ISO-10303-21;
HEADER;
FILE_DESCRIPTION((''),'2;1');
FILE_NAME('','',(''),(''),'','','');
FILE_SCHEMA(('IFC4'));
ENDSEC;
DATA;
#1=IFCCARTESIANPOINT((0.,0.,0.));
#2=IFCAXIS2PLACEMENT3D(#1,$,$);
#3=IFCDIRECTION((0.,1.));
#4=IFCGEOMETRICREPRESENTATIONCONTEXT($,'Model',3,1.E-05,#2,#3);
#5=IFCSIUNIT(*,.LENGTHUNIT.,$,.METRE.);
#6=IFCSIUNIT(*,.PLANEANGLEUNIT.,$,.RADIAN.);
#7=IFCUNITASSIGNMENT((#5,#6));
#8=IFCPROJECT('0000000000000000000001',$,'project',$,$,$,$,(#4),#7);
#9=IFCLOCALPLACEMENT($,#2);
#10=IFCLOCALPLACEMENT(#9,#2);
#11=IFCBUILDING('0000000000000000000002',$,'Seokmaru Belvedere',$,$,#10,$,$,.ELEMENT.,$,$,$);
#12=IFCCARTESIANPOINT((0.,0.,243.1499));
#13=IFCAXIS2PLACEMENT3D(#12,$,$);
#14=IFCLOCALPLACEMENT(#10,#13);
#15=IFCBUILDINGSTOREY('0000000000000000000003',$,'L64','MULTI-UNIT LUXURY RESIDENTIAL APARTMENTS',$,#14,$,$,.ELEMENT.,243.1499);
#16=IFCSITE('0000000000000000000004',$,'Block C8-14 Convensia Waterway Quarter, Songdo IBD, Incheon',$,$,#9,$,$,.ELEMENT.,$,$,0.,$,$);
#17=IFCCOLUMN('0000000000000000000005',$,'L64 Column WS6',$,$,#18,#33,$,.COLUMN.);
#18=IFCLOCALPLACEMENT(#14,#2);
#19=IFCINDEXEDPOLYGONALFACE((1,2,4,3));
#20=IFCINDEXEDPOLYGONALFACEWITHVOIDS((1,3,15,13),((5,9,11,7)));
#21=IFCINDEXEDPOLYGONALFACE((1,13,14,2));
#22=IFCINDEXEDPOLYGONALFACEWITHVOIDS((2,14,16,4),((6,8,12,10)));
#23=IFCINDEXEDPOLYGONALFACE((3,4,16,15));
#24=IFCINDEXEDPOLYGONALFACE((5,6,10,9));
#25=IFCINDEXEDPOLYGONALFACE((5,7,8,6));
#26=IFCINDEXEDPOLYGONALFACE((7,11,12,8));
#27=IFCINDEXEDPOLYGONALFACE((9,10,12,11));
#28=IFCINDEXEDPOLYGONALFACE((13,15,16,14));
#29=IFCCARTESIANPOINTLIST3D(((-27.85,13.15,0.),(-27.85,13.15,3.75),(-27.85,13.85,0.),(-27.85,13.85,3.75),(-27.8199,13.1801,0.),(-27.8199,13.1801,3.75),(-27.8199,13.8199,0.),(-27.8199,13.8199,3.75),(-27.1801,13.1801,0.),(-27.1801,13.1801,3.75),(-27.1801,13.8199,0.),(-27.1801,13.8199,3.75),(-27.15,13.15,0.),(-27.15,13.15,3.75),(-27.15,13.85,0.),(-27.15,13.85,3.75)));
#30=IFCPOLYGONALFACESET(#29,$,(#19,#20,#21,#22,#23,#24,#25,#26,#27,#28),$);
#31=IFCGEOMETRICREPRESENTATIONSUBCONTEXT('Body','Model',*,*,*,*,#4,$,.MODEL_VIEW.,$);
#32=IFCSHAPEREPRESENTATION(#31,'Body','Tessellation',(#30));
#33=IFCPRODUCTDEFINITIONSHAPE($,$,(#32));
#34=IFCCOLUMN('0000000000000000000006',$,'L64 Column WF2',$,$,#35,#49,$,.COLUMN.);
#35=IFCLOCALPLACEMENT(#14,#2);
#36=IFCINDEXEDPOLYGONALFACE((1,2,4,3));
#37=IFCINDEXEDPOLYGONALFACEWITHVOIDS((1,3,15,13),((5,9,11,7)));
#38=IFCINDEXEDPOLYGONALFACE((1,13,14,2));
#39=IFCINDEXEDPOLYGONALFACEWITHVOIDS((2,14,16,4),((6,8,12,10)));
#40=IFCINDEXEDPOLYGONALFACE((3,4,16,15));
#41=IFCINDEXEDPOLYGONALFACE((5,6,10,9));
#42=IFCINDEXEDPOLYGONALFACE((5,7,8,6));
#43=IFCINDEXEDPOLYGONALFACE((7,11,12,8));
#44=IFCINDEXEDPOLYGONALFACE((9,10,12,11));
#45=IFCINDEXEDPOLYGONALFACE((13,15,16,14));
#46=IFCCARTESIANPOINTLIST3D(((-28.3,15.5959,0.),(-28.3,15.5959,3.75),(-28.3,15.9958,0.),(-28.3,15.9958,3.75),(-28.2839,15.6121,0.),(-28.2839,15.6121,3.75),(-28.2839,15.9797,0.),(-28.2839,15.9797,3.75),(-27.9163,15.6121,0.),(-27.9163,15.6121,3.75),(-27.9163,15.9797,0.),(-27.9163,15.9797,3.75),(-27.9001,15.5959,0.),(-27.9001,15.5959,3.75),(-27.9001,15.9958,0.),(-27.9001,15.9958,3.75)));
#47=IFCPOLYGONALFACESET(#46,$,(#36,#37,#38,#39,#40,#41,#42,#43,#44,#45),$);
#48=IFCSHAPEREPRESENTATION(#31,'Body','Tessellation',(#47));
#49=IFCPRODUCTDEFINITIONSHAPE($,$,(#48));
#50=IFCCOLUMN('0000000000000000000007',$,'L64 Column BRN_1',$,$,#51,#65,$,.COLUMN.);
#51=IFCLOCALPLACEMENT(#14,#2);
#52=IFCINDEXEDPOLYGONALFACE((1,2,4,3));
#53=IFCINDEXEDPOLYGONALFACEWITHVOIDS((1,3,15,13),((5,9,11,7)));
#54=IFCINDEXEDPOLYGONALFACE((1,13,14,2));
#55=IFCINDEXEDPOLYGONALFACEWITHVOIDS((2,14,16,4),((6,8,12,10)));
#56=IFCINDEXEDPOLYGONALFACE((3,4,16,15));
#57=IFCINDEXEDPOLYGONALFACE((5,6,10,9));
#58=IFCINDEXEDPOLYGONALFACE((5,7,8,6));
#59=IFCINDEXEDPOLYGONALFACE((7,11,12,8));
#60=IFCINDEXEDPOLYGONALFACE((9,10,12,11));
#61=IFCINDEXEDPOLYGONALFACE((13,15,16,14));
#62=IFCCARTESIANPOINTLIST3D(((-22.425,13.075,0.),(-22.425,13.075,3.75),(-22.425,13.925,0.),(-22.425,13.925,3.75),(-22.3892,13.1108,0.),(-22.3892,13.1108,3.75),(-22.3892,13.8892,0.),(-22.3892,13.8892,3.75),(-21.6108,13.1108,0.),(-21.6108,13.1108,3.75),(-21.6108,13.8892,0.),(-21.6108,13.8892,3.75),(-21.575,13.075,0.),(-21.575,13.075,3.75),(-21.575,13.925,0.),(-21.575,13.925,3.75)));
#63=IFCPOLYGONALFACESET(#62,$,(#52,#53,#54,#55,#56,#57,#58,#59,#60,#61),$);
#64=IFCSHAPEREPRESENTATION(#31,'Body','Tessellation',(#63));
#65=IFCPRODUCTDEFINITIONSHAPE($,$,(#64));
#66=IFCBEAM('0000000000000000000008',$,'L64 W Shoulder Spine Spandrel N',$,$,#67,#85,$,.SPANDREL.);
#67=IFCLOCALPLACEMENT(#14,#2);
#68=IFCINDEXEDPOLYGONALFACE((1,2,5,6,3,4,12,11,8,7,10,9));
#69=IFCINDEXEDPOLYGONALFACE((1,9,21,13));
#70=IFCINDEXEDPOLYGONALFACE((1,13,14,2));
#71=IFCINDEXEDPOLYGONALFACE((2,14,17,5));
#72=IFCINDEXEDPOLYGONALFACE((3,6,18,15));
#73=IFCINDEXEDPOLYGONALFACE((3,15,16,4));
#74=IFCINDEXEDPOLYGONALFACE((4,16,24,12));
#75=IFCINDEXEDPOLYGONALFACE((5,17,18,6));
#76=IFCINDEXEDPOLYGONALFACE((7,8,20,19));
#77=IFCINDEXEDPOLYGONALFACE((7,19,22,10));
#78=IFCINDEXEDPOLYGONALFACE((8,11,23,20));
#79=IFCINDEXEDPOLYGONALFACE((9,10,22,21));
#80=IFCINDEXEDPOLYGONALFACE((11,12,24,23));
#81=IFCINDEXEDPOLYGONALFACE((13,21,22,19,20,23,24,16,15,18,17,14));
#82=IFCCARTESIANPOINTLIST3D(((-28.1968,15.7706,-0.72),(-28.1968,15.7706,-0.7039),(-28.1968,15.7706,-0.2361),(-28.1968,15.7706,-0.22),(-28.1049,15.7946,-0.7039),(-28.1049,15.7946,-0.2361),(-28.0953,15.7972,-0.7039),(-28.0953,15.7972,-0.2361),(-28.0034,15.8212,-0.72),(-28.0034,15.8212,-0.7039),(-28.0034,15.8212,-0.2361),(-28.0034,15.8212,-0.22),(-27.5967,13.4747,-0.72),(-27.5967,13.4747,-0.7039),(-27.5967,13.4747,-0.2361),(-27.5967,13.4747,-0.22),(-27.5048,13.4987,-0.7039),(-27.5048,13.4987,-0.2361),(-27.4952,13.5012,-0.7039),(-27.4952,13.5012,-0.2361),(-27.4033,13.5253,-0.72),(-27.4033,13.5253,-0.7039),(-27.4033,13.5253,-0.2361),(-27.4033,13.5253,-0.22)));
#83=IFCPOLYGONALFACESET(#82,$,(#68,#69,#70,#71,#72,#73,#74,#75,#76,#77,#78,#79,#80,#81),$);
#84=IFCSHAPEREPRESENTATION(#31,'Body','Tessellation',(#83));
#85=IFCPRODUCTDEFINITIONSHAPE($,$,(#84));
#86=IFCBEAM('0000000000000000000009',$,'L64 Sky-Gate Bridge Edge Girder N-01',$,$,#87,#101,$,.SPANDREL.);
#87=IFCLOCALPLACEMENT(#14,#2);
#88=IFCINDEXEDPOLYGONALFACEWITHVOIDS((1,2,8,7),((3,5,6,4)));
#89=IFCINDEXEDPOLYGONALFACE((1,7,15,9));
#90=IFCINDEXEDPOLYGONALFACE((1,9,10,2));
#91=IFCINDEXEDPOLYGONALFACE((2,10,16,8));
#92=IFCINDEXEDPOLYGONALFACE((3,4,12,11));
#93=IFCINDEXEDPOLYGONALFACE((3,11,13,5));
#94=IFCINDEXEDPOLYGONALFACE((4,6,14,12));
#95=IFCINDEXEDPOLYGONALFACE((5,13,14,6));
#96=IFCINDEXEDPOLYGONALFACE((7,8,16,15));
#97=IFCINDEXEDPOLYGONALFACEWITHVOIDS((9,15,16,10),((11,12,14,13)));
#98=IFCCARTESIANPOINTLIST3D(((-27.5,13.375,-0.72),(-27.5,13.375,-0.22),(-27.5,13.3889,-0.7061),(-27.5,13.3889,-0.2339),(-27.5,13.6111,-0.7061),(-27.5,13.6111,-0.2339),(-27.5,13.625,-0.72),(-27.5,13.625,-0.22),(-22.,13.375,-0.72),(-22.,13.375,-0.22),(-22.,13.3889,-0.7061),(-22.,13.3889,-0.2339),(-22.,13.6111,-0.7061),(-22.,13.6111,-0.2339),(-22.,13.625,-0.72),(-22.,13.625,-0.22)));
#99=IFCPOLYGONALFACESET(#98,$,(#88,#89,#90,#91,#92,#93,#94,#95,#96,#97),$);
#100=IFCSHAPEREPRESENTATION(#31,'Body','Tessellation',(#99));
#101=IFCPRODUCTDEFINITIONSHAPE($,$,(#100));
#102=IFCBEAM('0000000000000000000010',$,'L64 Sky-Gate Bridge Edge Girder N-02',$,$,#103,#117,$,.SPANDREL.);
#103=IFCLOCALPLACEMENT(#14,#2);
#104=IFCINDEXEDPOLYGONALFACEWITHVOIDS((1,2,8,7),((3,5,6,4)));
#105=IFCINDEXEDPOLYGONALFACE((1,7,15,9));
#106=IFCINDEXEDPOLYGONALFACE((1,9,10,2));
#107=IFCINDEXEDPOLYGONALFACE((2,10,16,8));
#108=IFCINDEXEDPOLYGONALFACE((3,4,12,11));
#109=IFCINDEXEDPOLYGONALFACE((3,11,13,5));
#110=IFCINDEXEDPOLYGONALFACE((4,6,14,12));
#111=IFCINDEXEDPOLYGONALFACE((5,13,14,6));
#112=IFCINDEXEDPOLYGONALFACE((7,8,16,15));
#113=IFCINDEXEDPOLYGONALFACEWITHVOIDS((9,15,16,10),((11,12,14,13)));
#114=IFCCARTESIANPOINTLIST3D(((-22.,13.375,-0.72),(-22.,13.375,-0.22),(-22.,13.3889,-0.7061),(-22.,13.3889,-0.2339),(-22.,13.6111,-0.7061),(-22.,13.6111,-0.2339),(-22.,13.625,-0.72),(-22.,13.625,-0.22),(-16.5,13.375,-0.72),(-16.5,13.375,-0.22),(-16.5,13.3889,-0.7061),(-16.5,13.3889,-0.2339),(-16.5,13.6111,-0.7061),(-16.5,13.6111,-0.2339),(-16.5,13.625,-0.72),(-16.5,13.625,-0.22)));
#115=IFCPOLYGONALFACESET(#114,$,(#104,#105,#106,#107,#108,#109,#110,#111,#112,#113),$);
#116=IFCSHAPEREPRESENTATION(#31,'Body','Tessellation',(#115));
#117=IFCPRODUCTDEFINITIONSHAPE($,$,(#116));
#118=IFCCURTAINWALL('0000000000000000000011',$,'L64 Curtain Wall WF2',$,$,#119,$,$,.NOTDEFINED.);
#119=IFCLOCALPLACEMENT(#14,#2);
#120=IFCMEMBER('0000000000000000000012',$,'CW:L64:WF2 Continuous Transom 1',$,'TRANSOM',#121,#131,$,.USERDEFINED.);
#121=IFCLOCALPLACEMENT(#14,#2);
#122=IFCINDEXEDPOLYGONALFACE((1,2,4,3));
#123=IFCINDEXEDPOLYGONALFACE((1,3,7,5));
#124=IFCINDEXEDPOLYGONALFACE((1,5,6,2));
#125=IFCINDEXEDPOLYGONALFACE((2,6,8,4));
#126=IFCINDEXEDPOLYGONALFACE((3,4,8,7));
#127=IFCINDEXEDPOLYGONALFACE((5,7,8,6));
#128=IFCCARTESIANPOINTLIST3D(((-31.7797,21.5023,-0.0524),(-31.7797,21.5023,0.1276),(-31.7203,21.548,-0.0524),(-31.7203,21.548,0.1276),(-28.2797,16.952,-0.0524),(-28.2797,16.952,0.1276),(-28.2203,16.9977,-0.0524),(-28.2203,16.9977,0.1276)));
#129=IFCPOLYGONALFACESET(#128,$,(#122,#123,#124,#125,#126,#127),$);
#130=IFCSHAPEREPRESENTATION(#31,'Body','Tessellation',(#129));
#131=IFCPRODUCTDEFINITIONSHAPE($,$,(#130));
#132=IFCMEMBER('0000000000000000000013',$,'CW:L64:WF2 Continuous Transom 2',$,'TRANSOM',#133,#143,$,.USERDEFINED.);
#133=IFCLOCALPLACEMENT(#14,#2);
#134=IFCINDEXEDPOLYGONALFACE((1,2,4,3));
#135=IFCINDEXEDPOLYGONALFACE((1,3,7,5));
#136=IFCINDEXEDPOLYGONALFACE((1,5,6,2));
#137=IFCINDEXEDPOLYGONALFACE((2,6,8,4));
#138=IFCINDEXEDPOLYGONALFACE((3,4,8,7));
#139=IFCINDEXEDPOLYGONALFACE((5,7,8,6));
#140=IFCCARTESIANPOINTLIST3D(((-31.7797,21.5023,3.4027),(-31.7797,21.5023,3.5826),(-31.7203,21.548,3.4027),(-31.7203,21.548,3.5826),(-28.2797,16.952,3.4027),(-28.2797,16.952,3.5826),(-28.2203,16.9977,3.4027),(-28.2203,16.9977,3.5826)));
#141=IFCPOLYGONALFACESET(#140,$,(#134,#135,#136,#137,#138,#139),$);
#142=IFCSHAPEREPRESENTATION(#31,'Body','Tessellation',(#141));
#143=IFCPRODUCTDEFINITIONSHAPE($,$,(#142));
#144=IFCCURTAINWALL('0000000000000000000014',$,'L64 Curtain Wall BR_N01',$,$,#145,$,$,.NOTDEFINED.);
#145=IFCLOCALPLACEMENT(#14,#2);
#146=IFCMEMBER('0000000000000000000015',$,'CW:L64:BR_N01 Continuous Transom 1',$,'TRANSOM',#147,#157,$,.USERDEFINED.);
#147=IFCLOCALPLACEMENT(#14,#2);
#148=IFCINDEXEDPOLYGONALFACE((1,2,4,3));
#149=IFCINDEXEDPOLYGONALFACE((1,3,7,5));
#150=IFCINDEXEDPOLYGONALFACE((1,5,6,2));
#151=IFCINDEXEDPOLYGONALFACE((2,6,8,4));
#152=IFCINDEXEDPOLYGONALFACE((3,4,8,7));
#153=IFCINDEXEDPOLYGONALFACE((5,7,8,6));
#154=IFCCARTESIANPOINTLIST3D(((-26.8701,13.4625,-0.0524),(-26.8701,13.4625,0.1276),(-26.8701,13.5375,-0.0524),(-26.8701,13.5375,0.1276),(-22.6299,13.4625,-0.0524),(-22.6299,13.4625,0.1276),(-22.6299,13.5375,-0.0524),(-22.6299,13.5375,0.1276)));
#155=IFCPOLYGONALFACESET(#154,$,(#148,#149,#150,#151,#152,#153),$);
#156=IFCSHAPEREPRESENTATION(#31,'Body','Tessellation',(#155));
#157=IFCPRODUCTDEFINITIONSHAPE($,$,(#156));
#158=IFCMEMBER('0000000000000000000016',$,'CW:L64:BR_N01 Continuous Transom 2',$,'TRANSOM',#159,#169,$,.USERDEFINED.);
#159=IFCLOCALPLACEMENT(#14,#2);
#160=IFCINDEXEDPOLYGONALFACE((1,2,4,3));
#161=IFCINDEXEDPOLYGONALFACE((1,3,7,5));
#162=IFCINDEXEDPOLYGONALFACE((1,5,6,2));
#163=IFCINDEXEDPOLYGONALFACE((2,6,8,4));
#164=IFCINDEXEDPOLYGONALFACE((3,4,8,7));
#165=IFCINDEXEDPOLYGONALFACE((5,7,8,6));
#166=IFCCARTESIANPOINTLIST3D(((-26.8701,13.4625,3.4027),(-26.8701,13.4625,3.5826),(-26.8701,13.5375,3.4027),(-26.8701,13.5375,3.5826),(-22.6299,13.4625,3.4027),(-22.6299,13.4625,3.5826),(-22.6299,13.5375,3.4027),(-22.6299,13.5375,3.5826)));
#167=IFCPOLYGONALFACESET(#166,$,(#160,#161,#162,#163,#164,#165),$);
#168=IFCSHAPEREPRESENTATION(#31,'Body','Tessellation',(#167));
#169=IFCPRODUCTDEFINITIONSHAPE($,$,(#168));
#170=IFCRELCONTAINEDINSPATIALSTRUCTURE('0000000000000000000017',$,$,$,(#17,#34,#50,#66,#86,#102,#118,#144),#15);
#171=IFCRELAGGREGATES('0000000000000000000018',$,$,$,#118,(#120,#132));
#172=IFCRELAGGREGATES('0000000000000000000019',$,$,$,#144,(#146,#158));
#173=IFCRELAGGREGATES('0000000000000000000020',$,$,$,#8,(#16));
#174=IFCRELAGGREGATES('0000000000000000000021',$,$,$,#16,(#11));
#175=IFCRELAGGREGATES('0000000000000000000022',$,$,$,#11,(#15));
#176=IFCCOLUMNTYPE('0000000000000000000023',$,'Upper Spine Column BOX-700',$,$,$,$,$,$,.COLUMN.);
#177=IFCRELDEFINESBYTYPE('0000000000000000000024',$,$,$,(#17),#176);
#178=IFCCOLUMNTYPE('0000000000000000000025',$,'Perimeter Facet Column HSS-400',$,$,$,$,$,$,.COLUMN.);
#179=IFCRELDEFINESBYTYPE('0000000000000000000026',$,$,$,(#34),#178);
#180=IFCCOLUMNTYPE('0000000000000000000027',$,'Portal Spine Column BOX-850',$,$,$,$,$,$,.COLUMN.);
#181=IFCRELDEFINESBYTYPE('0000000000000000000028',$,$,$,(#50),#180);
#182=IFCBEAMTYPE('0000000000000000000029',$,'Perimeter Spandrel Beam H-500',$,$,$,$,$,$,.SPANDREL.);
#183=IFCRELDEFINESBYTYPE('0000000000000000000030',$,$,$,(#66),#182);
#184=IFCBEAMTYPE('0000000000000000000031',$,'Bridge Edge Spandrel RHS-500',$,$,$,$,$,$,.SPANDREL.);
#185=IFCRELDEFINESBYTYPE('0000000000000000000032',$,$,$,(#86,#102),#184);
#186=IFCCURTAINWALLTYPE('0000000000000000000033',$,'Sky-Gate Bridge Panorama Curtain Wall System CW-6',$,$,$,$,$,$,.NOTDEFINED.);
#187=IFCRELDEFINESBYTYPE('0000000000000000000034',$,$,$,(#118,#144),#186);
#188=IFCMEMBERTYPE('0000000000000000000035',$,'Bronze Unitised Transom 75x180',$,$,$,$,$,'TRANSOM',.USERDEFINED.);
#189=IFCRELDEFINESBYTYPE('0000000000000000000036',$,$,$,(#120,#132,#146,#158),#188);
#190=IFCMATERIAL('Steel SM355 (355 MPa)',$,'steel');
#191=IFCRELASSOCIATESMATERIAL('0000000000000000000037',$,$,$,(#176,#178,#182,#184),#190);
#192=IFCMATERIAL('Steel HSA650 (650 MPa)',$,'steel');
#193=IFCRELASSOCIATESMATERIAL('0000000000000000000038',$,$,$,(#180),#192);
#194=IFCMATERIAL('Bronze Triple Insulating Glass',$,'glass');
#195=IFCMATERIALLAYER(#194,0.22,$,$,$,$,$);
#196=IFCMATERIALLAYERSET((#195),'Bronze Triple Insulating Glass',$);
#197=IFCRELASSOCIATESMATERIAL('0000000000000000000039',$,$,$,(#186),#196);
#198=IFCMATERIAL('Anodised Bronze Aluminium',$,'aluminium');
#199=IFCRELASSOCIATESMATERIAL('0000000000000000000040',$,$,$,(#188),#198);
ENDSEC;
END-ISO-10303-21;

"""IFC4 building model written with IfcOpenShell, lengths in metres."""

from ifc_helpers import new_model, si_unit, direction, frame, origin, origin_2d, place, context, subcontext, project, spatial, rectangle, hollow_rectangle, i_section, extrude, source, transform, mapped, material, layer, layer_set, material_profile, profile_set, type_object, type_shapes, element, aggregate, save


model = new_model("IFC4")

# Units and contexts
model_context = context("Model", 3, precision=1e-05, world=origin(), true_north=direction((0.0, 1.0)))
body_context = subcontext(model_context, "Body", "Model", "MODEL_VIEW")
ifc_project = project(units=[si_unit("LENGTHUNIT", "METRE"), si_unit("PLANEANGLEUNIT", "RADIAN")], contexts=[model_context])

# Site, building, storey
site_placement = place(None, origin())
site = spatial("IfcSite", under=ifc_project, at=site_placement, Name="Block C8-14 Convensia Waterway Quarter, Songdo IBD, Incheon", CompositionType="ELEMENT", RefElevation=0.0)
building_placement = place(site_placement, origin())
building = spatial("IfcBuilding", under=site, at=building_placement, Name="Seokmaru Belvedere", CompositionType="ELEMENT")
storey_placement = place(building_placement, frame((0.0, 0.0, 243.1499)))
storey = spatial("IfcBuildingStorey", under=building, at=storey_placement, Name="L64", Description="MULTI-UNIT LUXURY RESIDENTIAL APARTMENTS", CompositionType="ELEMENT", Elevation=243.1499)

# Columns
ifc_material_1 = material(Name="Steel SM355 (355 MPa)", Category="steel")
ifc_material_profile_1 = material_profile(ifc_material_1, hollow_rectangle(XDim=0.7, YDim=0.7, WallThickness=0.03, at=origin_2d()), Name="BOX-700x700x30")
ifc_profile_set_1 = profile_set([ifc_material_profile_1], Name="Steel SM355 (355 MPa)")
column_type_1 = type_object("IfcColumnType", Name="Upper Spine Column BOX-700", PredefinedType="COLUMN", material=ifc_profile_set_1)
shared_shape_1 = source(origin(), body_context, "Body", "SweptSolid", [
    extrude(hollow_rectangle(XDim=0.7, YDim=0.7, WallThickness=0.03, at=origin_2d()), origin(), (0.0, 0.0, 1.0), 3.75),
])
type_shapes(column_type_1, [shared_shape_1])
column_1_placement = place(storey_placement, frame((-27.5, 13.5, 0.0), z_axis=(0.0, 0.0, 1.0), x_axis=(1.0, 0.0, 0.0)))
element("IfcColumn", 1, at=column_1_placement, inside=storey, type_object=column_type_1, Name="L64 Column WS6", PredefinedType="COLUMN", context=body_context, shape_type="MappedRepresentation", body=[
    mapped(shared_shape_1, transform((0.0, 0.0, 0.0), scale=1.0)),
])
ifc_material_profile_2 = material_profile(ifc_material_1, hollow_rectangle(XDim=0.3999, YDim=0.3999, WallThickness=0.0161, at=origin_2d()), Name="HSS-400x400x16")
ifc_profile_set_2 = profile_set([ifc_material_profile_2], Name="Steel SM355 (355 MPa)")
column_type_2 = type_object("IfcColumnType", Name="Perimeter Facet Column HSS-400", PredefinedType="COLUMN", material=ifc_profile_set_2)
shared_shape_2 = source(origin(), body_context, "Body", "SweptSolid", [
    extrude(hollow_rectangle(XDim=0.3999, YDim=0.3999, WallThickness=0.0161, at=origin_2d()), origin(), (0.0, 0.0, 1.0), 3.75),
])
type_shapes(column_type_2, [shared_shape_2])
column_2_placement = place(storey_placement, frame((-28.1001, 15.7959, 0.0), z_axis=(0.0, 0.0, 1.0), x_axis=(1.0, 0.0, 0.0)))
element("IfcColumn", 2, at=column_2_placement, inside=storey, type_object=column_type_2, Name="L64 Column WF2", PredefinedType="COLUMN", context=body_context, shape_type="MappedRepresentation", body=[
    mapped(shared_shape_2, transform((0.0, 0.0, 0.0), scale=1.0)),
])
ifc_material_2 = material(Name="Steel HSA650 (650 MPa)", Category="steel")
ifc_material_profile_3 = material_profile(ifc_material_2, hollow_rectangle(XDim=0.8501, YDim=0.8501, WallThickness=0.0359, at=origin_2d()), Name="BOX-850x850x36")
ifc_profile_set_3 = profile_set([ifc_material_profile_3], Name="Steel HSA650 (650 MPa)")
column_type_3 = type_object("IfcColumnType", Name="Portal Spine Column BOX-850", PredefinedType="COLUMN", material=ifc_profile_set_3)
shared_shape_3 = source(origin(), body_context, "Body", "SweptSolid", [
    extrude(hollow_rectangle(XDim=0.8501, YDim=0.8501, WallThickness=0.0359, at=origin_2d()), origin(), (0.0, 0.0, 1.0), 3.75),
])
type_shapes(column_type_3, [shared_shape_3])
column_3_placement = place(storey_placement, frame((-22.0, 13.5, 0.0), z_axis=(0.0, 0.0, 1.0), x_axis=(1.0, 0.0, 0.0)))
element("IfcColumn", 3, at=column_3_placement, inside=storey, type_object=column_type_3, Name="L64 Column BRN_1", PredefinedType="COLUMN", context=body_context, shape_type="MappedRepresentation", body=[
    mapped(shared_shape_3, transform((0.0, 0.0, 0.0), scale=1.0)),
])

# Beams
ifc_material_profile_4 = material_profile(ifc_material_1, i_section(OverallWidth=0.2, OverallDepth=0.5, WebThickness=0.01, FlangeThickness=0.0161, at=origin_2d()), Name="H-500x200x10x16")
ifc_profile_set_4 = profile_set([ifc_material_profile_4], Name="Steel SM355 (355 MPa)")
beam_type_1 = type_object("IfcBeamType", Name="Perimeter Spandrel Beam H-500", PredefinedType="SPANDREL", material=ifc_profile_set_4)
shared_shape_4 = source(origin(), body_context, "Body", "SweptSolid", [
    extrude(i_section(OverallWidth=0.2, OverallDepth=0.5, WebThickness=0.01, FlangeThickness=0.0161, at=origin_2d()), origin(), (0.0, 0.0, 1.0), 2.373),
])
type_shapes(beam_type_1, [shared_shape_4])
beam_placement = place(storey_placement, frame((-28.1001, 15.7959, -0.47), z_axis=(0.252883, -0.967497, 0.0), x_axis=(0.967497, 0.252883, 0.0)))
element("IfcBeam", 4, at=beam_placement, inside=storey, type_object=beam_type_1, Name="L64 W Shoulder Spine Spandrel N", PredefinedType="SPANDREL", context=body_context, shape_type="MappedRepresentation", body=[
    mapped(shared_shape_4, transform((0.0, 0.0, 0.0), scale=1.0)),
])
ifc_material_profile_5 = material_profile(ifc_material_1, hollow_rectangle(XDim=0.25, YDim=0.5, WallThickness=0.0139, at=origin_2d()), Name="RHS-500x250x14")
ifc_profile_set_5 = profile_set([ifc_material_profile_5], Name="Steel SM355 (355 MPa)")
beam_type_2 = type_object("IfcBeamType", Name="Bridge Edge Spandrel RHS-500", PredefinedType="SPANDREL", material=ifc_profile_set_5)
shared_shape_5 = source(origin(), body_context, "Body", "SweptSolid", [
    extrude(hollow_rectangle(XDim=0.25, YDim=0.5, WallThickness=0.0139, at=origin_2d()), origin(), (0.0, 0.0, 1.0), 5.5),
])
type_shapes(beam_type_2, [shared_shape_5])
for number, where, z_axis, x_axis, name in (
    (5, (-27.5, 13.5, -0.47), (1.0, 0.0, 0.0), (0.0, 1.0, 0.0), "L64 Sky-Gate Bridge Edge Girder N-01"),
    (6, (-22.0, 13.5, -0.47), (1.0, 0.0, 0.0), (0.0, 1.0, 0.0), "L64 Sky-Gate Bridge Edge Girder N-02"),
):
    element("IfcBeam", number, at=place(storey_placement, frame(where, z_axis=z_axis, x_axis=x_axis)), inside=storey, type_object=beam_type_2, Name=name, PredefinedType="SPANDREL", context=body_context, shape_type="MappedRepresentation", body=[
        mapped(shared_shape_5, transform((0.0, 0.0, 0.0), scale=1.0)),
    ])

# Curtain walls, members
ifc_material_3 = material(Name="Bronze Triple Insulating Glass", Category="glass")
ifc_layer_1 = layer(ifc_material_3, 0.22)
ifc_layer_set_1 = layer_set([ifc_layer_1], Name="Bronze Triple Insulating Glass")
curtain_wall_type = type_object("IfcCurtainWallType", Name="Sky-Gate Bridge Panorama Curtain Wall System CW-6", PredefinedType="NOTDEFINED", material=ifc_layer_set_1)
curtain_wall_1_placement = place(storey_placement, origin())
curtain_wall_1 = element("IfcCurtainWall", 7, at=curtain_wall_1_placement, inside=storey, type_object=curtain_wall_type, Name="L64 Curtain Wall WF2", PredefinedType="NOTDEFINED")
ifc_material_4 = material(Name="Anodised Bronze Aluminium", Category="aluminium")
ifc_material_profile_6 = material_profile(ifc_material_4, rectangle(XDim=0.075, YDim=0.1799, at=origin_2d()), Name="CW-T-75x180")
ifc_profile_set_6 = profile_set([ifc_material_profile_6], Name="Anodised Bronze Aluminium")
member_type_1 = type_object("IfcMemberType", Name="Bronze Unitised Transom 75x180", ElementType="TRANSOM", PredefinedType="USERDEFINED", material=ifc_profile_set_6)
shared_shape_6 = source(origin(), body_context, "Body", "SweptSolid", [
    extrude(rectangle(XDim=0.075, YDim=0.1799, at=origin_2d()), origin(), (0.0, 0.0, 1.0), 5.7407),
])
member_1_placement = place(storey_placement, frame((-28.25, 16.9749, 0.0376), z_axis=(-0.609686, 0.792643, 0.0), x_axis=(-0.792643, -0.609686, 0.0)))
member_1 = element("IfcMember", 8, at=member_1_placement, type_object=member_type_1, Name="CW:L64:WF2 Continuous Transom 1", ObjectType="TRANSOM", PredefinedType="USERDEFINED", context=body_context, shape_type="MappedRepresentation", body=[
    mapped(shared_shape_6, transform((0.0, 0.0, 0.0), scale=1.0)),
])
member_2_placement = place(storey_placement, frame((-28.25, 16.9749, 3.4927), z_axis=(-0.609686, 0.792643, 0.0), x_axis=(-0.792643, -0.609686, 0.0)))
member_2 = element("IfcMember", 9, at=member_2_placement, type_object=member_type_1, Name="CW:L64:WF2 Continuous Transom 2", ObjectType="TRANSOM", PredefinedType="USERDEFINED", context=body_context, shape_type="MappedRepresentation", body=[
    mapped(shared_shape_6, transform((0.0, 0.0, 0.0), scale=1.0)),
])
curtain_wall_2_placement = place(storey_placement, origin())
curtain_wall_2 = element("IfcCurtainWall", 10, at=curtain_wall_2_placement, inside=storey, type_object=curtain_wall_type, Name="L64 Curtain Wall BR_N01", PredefinedType="NOTDEFINED")
shared_shape_7 = source(origin(), body_context, "Body", "SweptSolid", [
    extrude(rectangle(XDim=0.075, YDim=0.1799, at=origin_2d()), origin(), (0.0, 0.0, 1.0), 4.2402),
])
type_shapes(member_type_1, [shared_shape_6, shared_shape_7])
member_3_placement = place(storey_placement, frame((-22.6299, 13.5, 0.0376), z_axis=(-1.0, 0.0, 0.0), x_axis=(0.0, -1.0, 0.0)))
member_3 = element("IfcMember", 11, at=member_3_placement, type_object=member_type_1, Name="CW:L64:BR_N01 Continuous Transom 1", ObjectType="TRANSOM", PredefinedType="USERDEFINED", context=body_context, shape_type="MappedRepresentation", body=[
    mapped(shared_shape_7, transform((0.0, 0.0, 0.0), scale=1.0)),
])
member_4_placement = place(storey_placement, frame((-22.6299, 13.5, 3.4927), z_axis=(-1.0, 0.0, 0.0), x_axis=(0.0, -1.0, 0.0)))
member_4 = element("IfcMember", 12, at=member_4_placement, type_object=member_type_1, Name="CW:L64:BR_N01 Continuous Transom 2", ObjectType="TRANSOM", PredefinedType="USERDEFINED", context=body_context, shape_type="MappedRepresentation", body=[
    mapped(shared_shape_7, transform((0.0, 0.0, 0.0), scale=1.0)),
])

aggregate(curtain_wall_1, [member_1, member_2])
aggregate(curtain_wall_2, [member_3, member_4])

save(model, "model.ifc")
